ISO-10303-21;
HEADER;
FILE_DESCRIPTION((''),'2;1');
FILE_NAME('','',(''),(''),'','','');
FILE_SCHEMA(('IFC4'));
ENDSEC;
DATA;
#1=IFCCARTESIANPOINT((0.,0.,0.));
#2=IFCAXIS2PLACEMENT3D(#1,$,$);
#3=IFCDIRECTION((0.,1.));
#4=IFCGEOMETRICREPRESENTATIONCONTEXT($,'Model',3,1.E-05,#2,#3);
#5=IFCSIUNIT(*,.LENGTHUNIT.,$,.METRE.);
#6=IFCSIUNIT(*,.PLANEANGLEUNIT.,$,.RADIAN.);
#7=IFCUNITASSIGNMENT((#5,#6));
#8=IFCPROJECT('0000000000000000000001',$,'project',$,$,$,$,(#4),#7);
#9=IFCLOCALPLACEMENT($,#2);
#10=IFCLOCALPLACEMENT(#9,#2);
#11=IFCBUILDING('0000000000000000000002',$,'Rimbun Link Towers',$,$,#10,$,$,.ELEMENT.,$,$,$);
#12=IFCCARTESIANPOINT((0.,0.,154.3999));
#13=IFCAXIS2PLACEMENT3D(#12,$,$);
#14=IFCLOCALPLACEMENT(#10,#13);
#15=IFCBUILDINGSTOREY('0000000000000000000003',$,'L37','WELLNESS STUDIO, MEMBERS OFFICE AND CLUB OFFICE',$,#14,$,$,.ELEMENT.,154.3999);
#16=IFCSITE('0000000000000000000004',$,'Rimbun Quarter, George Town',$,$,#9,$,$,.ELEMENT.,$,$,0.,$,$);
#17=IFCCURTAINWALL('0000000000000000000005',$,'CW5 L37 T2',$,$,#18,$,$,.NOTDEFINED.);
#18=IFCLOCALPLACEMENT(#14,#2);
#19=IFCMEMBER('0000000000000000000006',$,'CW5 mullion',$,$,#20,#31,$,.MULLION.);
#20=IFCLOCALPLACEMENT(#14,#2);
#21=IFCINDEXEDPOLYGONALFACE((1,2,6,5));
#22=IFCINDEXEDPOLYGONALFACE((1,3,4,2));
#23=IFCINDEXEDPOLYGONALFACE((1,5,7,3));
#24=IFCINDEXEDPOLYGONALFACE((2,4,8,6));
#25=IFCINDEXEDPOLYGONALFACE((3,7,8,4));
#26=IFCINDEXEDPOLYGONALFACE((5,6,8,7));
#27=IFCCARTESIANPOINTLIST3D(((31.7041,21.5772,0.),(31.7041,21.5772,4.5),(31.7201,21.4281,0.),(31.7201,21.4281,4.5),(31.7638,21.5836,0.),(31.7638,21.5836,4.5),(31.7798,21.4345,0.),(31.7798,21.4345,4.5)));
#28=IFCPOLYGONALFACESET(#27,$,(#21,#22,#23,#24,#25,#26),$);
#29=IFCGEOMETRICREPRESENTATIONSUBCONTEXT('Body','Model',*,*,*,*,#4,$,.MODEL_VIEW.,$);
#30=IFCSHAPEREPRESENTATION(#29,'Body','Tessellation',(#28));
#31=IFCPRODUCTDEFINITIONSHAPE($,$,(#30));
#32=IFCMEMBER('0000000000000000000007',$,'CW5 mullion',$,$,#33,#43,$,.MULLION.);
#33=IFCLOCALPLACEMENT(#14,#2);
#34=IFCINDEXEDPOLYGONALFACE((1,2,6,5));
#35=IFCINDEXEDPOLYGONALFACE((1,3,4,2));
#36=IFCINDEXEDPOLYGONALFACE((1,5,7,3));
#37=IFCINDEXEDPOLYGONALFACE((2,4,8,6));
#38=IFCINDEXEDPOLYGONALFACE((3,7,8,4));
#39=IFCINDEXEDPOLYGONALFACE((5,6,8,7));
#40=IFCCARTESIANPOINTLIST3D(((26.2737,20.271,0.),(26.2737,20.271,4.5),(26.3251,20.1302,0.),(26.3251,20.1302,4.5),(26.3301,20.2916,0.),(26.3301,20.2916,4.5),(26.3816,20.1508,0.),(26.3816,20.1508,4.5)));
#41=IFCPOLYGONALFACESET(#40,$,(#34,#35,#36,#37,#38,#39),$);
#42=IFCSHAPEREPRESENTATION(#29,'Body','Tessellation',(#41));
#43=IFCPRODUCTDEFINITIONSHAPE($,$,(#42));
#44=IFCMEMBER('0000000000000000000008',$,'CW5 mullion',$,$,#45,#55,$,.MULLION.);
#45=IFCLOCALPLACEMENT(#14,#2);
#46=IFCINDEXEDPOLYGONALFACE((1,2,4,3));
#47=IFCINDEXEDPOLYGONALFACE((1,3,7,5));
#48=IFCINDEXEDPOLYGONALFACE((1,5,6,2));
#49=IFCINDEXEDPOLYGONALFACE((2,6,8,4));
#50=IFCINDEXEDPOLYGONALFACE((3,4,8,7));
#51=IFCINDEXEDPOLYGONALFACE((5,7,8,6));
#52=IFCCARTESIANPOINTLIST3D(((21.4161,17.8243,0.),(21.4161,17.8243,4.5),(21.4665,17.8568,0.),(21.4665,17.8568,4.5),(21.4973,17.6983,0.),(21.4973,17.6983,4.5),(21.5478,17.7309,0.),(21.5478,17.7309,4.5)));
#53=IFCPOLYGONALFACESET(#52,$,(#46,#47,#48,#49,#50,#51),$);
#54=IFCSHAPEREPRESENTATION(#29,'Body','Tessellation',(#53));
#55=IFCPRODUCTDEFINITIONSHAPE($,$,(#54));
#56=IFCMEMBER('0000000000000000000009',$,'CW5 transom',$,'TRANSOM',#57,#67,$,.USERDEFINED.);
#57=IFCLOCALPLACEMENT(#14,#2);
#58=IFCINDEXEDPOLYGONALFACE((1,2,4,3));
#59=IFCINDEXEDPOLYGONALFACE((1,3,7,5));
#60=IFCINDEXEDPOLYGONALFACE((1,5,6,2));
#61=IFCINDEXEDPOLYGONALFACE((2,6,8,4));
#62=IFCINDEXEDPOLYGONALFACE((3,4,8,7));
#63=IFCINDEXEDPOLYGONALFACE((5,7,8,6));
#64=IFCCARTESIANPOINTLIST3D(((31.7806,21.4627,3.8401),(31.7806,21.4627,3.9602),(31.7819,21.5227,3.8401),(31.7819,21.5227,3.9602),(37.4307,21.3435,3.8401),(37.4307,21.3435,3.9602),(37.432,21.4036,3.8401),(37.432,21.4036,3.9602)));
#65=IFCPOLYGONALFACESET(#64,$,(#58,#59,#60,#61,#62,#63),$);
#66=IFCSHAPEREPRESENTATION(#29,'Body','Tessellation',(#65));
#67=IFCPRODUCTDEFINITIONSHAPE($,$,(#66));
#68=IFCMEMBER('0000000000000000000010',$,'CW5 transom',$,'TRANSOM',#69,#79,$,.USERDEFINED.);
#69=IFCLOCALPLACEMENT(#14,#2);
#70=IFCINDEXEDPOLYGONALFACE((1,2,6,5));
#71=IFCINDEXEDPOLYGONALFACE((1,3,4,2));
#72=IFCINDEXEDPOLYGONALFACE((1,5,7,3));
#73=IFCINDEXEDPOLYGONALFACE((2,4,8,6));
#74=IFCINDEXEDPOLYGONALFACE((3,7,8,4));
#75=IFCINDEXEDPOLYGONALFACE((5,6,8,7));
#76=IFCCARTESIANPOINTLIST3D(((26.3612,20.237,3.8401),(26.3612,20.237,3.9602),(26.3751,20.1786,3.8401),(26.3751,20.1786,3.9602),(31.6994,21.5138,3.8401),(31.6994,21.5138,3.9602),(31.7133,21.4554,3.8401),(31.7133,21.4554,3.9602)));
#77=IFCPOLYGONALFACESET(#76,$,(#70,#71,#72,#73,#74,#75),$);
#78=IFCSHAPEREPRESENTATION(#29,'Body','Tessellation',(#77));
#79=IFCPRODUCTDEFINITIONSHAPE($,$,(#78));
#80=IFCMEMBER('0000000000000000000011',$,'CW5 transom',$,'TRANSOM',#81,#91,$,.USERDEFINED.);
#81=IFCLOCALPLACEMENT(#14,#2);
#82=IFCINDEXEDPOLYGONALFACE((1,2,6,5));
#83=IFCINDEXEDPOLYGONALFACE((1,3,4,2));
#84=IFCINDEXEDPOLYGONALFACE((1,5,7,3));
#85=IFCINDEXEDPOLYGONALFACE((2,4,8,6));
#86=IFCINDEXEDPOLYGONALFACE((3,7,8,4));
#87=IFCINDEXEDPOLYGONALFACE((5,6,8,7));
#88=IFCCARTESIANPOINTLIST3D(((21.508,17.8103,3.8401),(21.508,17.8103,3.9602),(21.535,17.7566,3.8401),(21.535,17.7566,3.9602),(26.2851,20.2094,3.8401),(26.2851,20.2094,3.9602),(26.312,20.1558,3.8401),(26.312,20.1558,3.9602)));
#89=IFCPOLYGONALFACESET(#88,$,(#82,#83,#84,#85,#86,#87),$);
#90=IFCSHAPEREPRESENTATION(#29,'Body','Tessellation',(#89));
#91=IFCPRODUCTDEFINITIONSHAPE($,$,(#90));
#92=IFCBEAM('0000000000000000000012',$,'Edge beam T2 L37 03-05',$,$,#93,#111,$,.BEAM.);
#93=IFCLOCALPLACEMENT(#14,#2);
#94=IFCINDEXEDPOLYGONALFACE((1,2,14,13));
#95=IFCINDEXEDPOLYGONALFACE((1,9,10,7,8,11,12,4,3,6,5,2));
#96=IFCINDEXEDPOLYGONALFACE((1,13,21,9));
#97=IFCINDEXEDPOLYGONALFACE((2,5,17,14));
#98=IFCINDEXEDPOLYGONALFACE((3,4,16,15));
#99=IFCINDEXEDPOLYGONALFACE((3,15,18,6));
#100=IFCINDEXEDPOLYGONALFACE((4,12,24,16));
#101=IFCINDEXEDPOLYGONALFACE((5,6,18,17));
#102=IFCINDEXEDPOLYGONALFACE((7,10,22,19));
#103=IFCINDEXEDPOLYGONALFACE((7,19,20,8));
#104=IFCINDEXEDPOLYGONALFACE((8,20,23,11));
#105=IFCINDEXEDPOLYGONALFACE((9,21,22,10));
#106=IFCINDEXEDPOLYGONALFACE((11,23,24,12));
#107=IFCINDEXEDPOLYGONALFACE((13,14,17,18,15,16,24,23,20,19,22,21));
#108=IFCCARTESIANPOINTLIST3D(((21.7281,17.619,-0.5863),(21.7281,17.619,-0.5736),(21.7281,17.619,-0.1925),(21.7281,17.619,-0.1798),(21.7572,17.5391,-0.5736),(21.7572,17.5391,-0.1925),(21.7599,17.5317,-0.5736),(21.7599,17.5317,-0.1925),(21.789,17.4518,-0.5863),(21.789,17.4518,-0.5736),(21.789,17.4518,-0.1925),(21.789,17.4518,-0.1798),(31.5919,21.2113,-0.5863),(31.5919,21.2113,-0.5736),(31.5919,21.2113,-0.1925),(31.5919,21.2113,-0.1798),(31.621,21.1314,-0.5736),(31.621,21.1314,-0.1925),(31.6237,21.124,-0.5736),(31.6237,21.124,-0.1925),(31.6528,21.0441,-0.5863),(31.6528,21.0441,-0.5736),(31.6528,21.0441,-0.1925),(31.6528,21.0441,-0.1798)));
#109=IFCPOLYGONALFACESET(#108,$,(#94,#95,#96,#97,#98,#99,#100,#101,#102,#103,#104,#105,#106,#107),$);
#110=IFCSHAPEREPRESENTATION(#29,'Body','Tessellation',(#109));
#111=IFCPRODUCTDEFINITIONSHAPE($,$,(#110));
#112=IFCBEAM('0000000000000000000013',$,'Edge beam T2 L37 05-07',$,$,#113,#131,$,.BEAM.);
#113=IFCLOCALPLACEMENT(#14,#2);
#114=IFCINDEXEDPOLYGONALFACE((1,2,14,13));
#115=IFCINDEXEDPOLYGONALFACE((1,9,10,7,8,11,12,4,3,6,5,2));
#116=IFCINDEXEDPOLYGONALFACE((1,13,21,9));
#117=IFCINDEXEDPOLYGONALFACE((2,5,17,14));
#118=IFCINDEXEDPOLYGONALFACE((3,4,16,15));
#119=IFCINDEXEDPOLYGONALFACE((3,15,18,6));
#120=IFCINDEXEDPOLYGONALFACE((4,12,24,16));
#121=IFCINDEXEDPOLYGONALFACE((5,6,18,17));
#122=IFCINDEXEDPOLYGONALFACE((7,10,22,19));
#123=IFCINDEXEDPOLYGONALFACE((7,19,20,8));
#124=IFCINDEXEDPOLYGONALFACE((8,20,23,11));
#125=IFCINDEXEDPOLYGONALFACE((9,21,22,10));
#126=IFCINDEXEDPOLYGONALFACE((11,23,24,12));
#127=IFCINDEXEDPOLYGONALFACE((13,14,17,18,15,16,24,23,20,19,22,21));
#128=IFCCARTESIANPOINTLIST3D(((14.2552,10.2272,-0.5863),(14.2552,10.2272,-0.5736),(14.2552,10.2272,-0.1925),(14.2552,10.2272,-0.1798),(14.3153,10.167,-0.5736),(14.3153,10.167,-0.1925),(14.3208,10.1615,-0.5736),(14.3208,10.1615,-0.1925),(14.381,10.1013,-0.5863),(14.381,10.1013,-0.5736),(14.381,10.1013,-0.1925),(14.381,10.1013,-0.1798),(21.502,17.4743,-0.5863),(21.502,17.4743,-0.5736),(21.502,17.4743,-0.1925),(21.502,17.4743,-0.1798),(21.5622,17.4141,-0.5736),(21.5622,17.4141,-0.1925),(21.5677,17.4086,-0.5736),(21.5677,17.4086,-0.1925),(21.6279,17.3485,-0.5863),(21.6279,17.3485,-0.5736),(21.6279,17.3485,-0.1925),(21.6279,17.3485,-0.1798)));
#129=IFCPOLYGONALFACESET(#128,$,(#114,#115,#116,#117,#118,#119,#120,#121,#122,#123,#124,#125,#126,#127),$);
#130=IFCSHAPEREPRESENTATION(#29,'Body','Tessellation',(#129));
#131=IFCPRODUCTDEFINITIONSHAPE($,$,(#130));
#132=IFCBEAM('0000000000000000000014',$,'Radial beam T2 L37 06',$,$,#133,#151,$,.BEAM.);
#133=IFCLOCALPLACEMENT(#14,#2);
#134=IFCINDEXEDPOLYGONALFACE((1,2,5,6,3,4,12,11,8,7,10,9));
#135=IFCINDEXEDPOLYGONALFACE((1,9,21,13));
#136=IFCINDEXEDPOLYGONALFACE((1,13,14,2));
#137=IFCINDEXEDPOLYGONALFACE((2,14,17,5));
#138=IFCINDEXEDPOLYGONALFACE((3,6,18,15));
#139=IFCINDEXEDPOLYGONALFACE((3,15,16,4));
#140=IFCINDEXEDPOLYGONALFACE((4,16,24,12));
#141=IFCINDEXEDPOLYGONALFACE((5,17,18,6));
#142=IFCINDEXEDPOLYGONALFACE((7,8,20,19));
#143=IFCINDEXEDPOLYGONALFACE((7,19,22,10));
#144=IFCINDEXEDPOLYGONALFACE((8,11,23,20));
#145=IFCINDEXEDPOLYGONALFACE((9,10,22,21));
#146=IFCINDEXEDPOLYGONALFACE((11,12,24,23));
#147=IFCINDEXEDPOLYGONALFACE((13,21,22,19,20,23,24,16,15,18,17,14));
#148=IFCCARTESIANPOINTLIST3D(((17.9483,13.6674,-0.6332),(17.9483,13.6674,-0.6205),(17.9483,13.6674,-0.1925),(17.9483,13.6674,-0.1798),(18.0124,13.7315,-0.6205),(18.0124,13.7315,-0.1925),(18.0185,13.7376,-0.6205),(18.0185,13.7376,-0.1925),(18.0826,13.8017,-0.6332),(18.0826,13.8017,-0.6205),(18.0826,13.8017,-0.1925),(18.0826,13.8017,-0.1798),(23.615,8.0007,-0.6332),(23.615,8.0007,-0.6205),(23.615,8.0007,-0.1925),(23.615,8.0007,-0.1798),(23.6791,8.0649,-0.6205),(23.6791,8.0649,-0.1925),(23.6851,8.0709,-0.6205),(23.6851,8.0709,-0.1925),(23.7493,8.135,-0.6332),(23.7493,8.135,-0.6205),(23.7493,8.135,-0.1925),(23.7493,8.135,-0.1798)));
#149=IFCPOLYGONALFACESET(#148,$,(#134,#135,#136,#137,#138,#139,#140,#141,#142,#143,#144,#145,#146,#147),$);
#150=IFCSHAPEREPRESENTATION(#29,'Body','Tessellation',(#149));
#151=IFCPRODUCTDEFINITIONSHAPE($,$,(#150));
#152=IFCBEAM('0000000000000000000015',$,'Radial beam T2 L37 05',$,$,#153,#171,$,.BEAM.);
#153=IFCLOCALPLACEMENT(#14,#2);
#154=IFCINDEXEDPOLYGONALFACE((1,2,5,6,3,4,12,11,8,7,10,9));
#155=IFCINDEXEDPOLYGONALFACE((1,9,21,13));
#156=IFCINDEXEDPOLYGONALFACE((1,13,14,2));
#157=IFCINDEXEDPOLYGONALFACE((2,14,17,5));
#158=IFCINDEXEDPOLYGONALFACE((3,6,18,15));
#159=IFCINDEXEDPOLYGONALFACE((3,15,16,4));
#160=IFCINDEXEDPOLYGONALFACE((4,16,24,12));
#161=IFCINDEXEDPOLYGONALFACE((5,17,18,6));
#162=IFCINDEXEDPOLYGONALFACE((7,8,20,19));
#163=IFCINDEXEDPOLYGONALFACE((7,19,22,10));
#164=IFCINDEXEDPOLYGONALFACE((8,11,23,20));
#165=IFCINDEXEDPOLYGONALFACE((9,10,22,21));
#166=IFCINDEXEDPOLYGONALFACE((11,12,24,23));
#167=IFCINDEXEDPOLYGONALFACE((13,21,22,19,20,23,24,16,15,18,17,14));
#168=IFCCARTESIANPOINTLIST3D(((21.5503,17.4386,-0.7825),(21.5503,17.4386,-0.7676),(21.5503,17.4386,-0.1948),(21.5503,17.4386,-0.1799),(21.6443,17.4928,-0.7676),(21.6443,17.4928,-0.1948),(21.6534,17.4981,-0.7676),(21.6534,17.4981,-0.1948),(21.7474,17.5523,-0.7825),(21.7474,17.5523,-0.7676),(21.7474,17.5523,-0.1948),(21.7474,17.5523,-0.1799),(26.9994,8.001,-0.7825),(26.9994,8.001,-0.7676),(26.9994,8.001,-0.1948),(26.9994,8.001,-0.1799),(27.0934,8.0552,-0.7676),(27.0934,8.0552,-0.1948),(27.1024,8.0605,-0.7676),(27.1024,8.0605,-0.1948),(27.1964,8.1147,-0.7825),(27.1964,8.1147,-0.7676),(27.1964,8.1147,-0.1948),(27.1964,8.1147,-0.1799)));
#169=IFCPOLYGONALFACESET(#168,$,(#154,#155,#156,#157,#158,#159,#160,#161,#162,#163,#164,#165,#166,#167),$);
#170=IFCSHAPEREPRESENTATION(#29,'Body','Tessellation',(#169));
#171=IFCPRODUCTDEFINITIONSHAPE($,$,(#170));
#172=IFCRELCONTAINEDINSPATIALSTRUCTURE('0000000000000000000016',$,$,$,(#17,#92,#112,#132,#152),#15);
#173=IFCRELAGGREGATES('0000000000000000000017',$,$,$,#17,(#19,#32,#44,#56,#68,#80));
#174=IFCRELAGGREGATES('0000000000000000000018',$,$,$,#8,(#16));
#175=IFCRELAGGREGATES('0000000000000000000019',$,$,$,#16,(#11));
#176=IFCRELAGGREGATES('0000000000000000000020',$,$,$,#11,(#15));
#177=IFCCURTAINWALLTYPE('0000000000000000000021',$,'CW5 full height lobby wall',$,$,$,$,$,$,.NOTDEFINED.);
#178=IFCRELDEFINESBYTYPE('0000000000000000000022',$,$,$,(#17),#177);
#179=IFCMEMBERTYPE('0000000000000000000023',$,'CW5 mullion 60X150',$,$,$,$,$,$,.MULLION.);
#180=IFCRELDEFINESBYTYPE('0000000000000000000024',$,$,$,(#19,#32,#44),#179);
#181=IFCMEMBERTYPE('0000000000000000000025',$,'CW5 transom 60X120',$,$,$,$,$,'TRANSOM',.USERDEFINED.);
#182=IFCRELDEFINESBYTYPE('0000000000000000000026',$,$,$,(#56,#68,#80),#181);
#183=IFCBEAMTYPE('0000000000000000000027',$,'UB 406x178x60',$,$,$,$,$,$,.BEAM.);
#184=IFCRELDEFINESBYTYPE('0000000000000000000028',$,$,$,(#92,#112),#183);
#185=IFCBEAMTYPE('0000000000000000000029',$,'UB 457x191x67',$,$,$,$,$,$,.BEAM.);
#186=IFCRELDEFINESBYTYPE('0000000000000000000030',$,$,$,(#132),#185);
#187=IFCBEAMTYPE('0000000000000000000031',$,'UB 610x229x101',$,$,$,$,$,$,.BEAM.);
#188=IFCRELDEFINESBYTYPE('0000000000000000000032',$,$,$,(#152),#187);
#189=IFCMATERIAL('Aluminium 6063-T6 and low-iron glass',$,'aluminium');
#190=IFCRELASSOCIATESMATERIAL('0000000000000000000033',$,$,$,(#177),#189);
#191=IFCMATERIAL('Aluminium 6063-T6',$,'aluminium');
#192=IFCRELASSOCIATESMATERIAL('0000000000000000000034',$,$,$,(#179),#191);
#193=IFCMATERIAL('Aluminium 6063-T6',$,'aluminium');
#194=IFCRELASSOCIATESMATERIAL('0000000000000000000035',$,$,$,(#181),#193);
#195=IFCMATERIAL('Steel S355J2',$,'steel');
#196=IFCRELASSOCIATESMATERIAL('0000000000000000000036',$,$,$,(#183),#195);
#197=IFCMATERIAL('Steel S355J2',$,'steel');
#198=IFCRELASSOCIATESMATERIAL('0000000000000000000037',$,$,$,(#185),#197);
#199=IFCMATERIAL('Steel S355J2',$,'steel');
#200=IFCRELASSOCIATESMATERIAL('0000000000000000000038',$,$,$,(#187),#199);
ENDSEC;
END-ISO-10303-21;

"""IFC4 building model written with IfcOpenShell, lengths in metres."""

from ifc_helpers import new_model, si_unit, direction, frame, origin, origin_2d, place, context, subcontext, project, spatial, rectangle, i_section, extrude, material, material_profile, profile_set, type_object, element, aggregate, save


model = new_model("IFC4")

# Units and contexts
model_context = context("Model", 3, precision=1e-05, world=origin(), true_north=direction((0.0, 1.0)))
body_context = subcontext(model_context, "Body", "Model", "MODEL_VIEW")
ifc_project = project(units=[si_unit("LENGTHUNIT", "METRE"), si_unit("PLANEANGLEUNIT", "RADIAN")], contexts=[model_context])

# Site, building, storey
site_placement = place(None, origin())
site = spatial("IfcSite", under=ifc_project, at=site_placement, Name="Rimbun Quarter, George Town", CompositionType="ELEMENT", RefElevation=0.0)
building_placement = place(site_placement, origin())
building = spatial("IfcBuilding", under=site, at=building_placement, Name="Rimbun Link Towers", CompositionType="ELEMENT")
storey_placement = place(building_placement, frame((0.0, 0.0, 154.3999)))
storey = spatial("IfcBuildingStorey", under=building, at=storey_placement, Name="L37", Description="WELLNESS STUDIO, MEMBERS OFFICE AND CLUB OFFICE", CompositionType="ELEMENT", Elevation=154.3999)

# Curtain wall, members
ifc_material_1 = material(Name="Aluminium 6063-T6 and low-iron glass", Category="aluminium")
curtain_wall_type = type_object("IfcCurtainWallType", Name="CW5 full height lobby wall", PredefinedType="NOTDEFINED", material=ifc_material_1)
curtain_wall_placement = place(storey_placement, origin())
curtain_wall = element("IfcCurtainWall", 1, at=curtain_wall_placement, inside=storey, type_object=curtain_wall_type, Name="CW5 L37 T2", PredefinedType="NOTDEFINED")
ifc_material_2 = material(Name="Aluminium 6063-T6", Category="aluminium")
ifc_material_profile_1 = material_profile(ifc_material_2, rectangle(XDim=0.1499, YDim=0.0601, at=origin_2d()), Name="MULLION 60X150")
ifc_profile_set_1 = profile_set([ifc_material_profile_1], Name="Aluminium 6063-T6")
member_type_1 = type_object("IfcMemberType", Name="CW5 mullion 60X150", PredefinedType="MULLION", material=ifc_profile_set_1)
member_1_placement = place(storey_placement, frame((31.7419, 21.5059, 0.0), z_axis=(0.0, 0.0, 1.0), x_axis=(-0.106633, 0.994298, 0.0)))
member_1 = element("IfcMember", 2, at=member_1_placement, type_object=member_type_1, Name="CW5 mullion", PredefinedType="MULLION", context=body_context, shape_type="SweptSolid", body=[
    extrude(rectangle(XDim=0.1499, YDim=0.0601, at=origin_2d()), origin(), (0.0, 0.0, 1.0), 4.5),
])
member_2_placement = place(storey_placement, frame((26.3276, 20.2109, 0.0), z_axis=(0.0, 0.0, 1.0), x_axis=(-0.342963, 0.939349, 0.0)))
member_2 = element("IfcMember", 3, at=member_2_placement, type_object=member_type_1, Name="CW5 mullion", PredefinedType="MULLION", context=body_context, shape_type="SweptSolid", body=[
    extrude(rectangle(XDim=0.1499, YDim=0.0601, at=origin_2d()), origin(), (0.0, 0.0, 1.0), 4.5),
])
member_3_placement = place(storey_placement, frame((21.4819, 17.7776, 0.0), z_axis=(0.0, 0.0, 1.0), x_axis=(-0.542102, 0.840313, 0.0)))
member_3 = element("IfcMember", 4, at=member_3_placement, type_object=member_type_1, Name="CW5 mullion", PredefinedType="MULLION", context=body_context, shape_type="SweptSolid", body=[
    extrude(rectangle(XDim=0.1499, YDim=0.0601, at=origin_2d()), origin(), (0.0, 0.0, 1.0), 4.5),
])
ifc_material_3 = material(Name="Aluminium 6063-T6", Category="aluminium")
ifc_material_profile_2 = material_profile(ifc_material_3, rectangle(XDim=0.0601, YDim=0.1201, at=origin_2d()), Name="TRANSOM 60X120")
ifc_profile_set_2 = profile_set([ifc_material_profile_2], Name="Aluminium 6063-T6")
member_type_2 = type_object("IfcMemberType", Name="CW5 transom 60X120", ElementType="TRANSOM", PredefinedType="USERDEFINED", material=ifc_profile_set_2)
member_4_placement = place(storey_placement, frame((31.7812, 21.4927, 3.9001), z_axis=(0.999778, -0.021082, 0.0), x_axis=(0.021082, 0.999778, 0.0)))
member_4 = element("IfcMember", 5, at=member_4_placement, type_object=member_type_2, Name="CW5 transom", ObjectType="TRANSOM", PredefinedType="USERDEFINED", context=body_context, shape_type="SweptSolid", body=[
    extrude(rectangle(XDim=0.0601, YDim=0.1201, at=origin_2d()), origin(), (0.0, 0.0, 1.0), 5.6514),
])
member_5_placement = place(storey_placement, frame((26.3682, 20.2078, 3.9001), z_axis=(0.972565, 0.232633, 0.0), x_axis=(-0.232633, 0.972565, 0.0)))
member_5 = element("IfcMember", 6, at=member_5_placement, type_object=member_type_2, Name="CW5 transom", ObjectType="TRANSOM", PredefinedType="USERDEFINED", context=body_context, shape_type="SweptSolid", body=[
    extrude(rectangle(XDim=0.0601, YDim=0.1201, at=origin_2d()), origin(), (0.0, 0.0, 1.0), 5.4888),
])
member_6_placement = place(storey_placement, frame((21.5215, 17.7834, 3.9001), z_axis=(0.893631, 0.448802, 0.0), x_axis=(-0.448802, 0.893631, 0.0)))
member_6 = element("IfcMember", 7, at=member_6_placement, type_object=member_type_2, Name="CW5 transom", ObjectType="TRANSOM", PredefinedType="USERDEFINED", context=body_context, shape_type="SweptSolid", body=[
    extrude(rectangle(XDim=0.0601, YDim=0.1201, at=origin_2d()), origin(), (0.0, 0.0, 1.0), 5.3457),
])

# Beams
ifc_material_4 = material(Name="Steel S355J2", Category="steel")
ifc_material_profile_3 = material_profile(ifc_material_4, i_section(OverallWidth=0.178, OverallDepth=0.4065, WebThickness=0.0078, FlangeThickness=0.0127, at=origin_2d()), Name="UB 406x178x60")
ifc_profile_set_3 = profile_set([ifc_material_profile_3], Name="Steel S355J2")
beam_type_1 = type_object("IfcBeamType", Name="UB 406x178x60", PredefinedType="BEAM", material=ifc_profile_set_3)
beam_1_placement = place(storey_placement, frame((31.6223, 21.1277, -0.3831), z_axis=(-0.939626, -0.342202, 0.0), x_axis=(0.342202, -0.939626, 0.0)))
element("IfcBeam", 8, at=beam_1_placement, inside=storey, type_object=beam_type_1, Name="Edge beam T2 L37 03-05", PredefinedType="BEAM", context=body_context, shape_type="SweptSolid", body=[
    extrude(i_section(OverallWidth=0.178, OverallDepth=0.4065, WebThickness=0.0078, FlangeThickness=0.0127, at=origin_2d()), origin(), (0.0, 0.0, 1.0), 10.4976),
])
beam_2_placement = place(storey_placement, frame((21.5649, 17.4114, -0.3831), z_axis=(-0.707095, -0.707119, 0.0), x_axis=(0.707119, -0.707095, 0.0)))
element("IfcBeam", 9, at=beam_2_placement, inside=storey, type_object=beam_type_1, Name="Edge beam T2 L37 05-07", PredefinedType="BEAM", context=body_context, shape_type="SweptSolid", body=[
    extrude(i_section(OverallWidth=0.178, OverallDepth=0.4065, WebThickness=0.0078, FlangeThickness=0.0127, at=origin_2d()), origin(), (0.0, 0.0, 1.0), 10.2488),
])
ifc_material_5 = material(Name="Steel S355J2", Category="steel")
ifc_material_profile_4 = material_profile(ifc_material_5, i_section(OverallWidth=0.1899, OverallDepth=0.4534, WebThickness=0.0085, FlangeThickness=0.0127, at=origin_2d()), Name="UB 457x191x67")
ifc_profile_set_4 = profile_set([ifc_material_profile_4], Name="Steel S355J2")
beam_type_2 = type_object("IfcBeamType", Name="UB 457x191x67", PredefinedType="BEAM", material=ifc_profile_set_4)
beam_3_placement = place(storey_placement, frame((23.6821, 8.0679, -0.4065), z_axis=(-0.707107, 0.707107, 0.0), x_axis=(-0.707107, -0.707107, 0.0)))
element("IfcBeam", 10, at=beam_3_placement, inside=storey, type_object=beam_type_2, Name="Radial beam T2 L37 06", PredefinedType="BEAM", context=body_context, shape_type="SweptSolid", body=[
    extrude(i_section(OverallWidth=0.1899, OverallDepth=0.4534, WebThickness=0.0085, FlangeThickness=0.0127, at=origin_2d()), origin(), (0.0, 0.0, 1.0), 8.0139),
])
ifc_material_6 = material(Name="Steel S355J2", Category="steel")
ifc_material_profile_5 = material_profile(ifc_material_6, i_section(OverallWidth=0.2275, OverallDepth=0.6025, WebThickness=0.0105, FlangeThickness=0.0149, at=origin_2d()), Name="UB 610x229x101")
ifc_profile_set_5 = profile_set([ifc_material_profile_5], Name="Steel S355J2")
beam_type_3 = type_object("IfcBeamType", Name="UB 610x229x101", PredefinedType="BEAM", material=ifc_profile_set_5)
beam_4_placement = place(storey_placement, frame((27.0979, 8.0579, -0.4812), z_axis=(-0.500016, 0.866016, 0.0), x_axis=(-0.866016, -0.500016, 0.0)))
element("IfcBeam", 11, at=beam_4_placement, inside=storey, type_object=beam_type_3, Name="Radial beam T2 L37 05", PredefinedType="BEAM", context=body_context, shape_type="SweptSolid", body=[
    extrude(i_section(OverallWidth=0.2275, OverallDepth=0.6025, WebThickness=0.0105, FlangeThickness=0.0149, at=origin_2d()), origin(), (0.0, 0.0, 1.0), 10.8977),
])

aggregate(curtain_wall, [member_1, member_2, member_3, member_4, member_5, member_6])

save(model, "model.ifc")
